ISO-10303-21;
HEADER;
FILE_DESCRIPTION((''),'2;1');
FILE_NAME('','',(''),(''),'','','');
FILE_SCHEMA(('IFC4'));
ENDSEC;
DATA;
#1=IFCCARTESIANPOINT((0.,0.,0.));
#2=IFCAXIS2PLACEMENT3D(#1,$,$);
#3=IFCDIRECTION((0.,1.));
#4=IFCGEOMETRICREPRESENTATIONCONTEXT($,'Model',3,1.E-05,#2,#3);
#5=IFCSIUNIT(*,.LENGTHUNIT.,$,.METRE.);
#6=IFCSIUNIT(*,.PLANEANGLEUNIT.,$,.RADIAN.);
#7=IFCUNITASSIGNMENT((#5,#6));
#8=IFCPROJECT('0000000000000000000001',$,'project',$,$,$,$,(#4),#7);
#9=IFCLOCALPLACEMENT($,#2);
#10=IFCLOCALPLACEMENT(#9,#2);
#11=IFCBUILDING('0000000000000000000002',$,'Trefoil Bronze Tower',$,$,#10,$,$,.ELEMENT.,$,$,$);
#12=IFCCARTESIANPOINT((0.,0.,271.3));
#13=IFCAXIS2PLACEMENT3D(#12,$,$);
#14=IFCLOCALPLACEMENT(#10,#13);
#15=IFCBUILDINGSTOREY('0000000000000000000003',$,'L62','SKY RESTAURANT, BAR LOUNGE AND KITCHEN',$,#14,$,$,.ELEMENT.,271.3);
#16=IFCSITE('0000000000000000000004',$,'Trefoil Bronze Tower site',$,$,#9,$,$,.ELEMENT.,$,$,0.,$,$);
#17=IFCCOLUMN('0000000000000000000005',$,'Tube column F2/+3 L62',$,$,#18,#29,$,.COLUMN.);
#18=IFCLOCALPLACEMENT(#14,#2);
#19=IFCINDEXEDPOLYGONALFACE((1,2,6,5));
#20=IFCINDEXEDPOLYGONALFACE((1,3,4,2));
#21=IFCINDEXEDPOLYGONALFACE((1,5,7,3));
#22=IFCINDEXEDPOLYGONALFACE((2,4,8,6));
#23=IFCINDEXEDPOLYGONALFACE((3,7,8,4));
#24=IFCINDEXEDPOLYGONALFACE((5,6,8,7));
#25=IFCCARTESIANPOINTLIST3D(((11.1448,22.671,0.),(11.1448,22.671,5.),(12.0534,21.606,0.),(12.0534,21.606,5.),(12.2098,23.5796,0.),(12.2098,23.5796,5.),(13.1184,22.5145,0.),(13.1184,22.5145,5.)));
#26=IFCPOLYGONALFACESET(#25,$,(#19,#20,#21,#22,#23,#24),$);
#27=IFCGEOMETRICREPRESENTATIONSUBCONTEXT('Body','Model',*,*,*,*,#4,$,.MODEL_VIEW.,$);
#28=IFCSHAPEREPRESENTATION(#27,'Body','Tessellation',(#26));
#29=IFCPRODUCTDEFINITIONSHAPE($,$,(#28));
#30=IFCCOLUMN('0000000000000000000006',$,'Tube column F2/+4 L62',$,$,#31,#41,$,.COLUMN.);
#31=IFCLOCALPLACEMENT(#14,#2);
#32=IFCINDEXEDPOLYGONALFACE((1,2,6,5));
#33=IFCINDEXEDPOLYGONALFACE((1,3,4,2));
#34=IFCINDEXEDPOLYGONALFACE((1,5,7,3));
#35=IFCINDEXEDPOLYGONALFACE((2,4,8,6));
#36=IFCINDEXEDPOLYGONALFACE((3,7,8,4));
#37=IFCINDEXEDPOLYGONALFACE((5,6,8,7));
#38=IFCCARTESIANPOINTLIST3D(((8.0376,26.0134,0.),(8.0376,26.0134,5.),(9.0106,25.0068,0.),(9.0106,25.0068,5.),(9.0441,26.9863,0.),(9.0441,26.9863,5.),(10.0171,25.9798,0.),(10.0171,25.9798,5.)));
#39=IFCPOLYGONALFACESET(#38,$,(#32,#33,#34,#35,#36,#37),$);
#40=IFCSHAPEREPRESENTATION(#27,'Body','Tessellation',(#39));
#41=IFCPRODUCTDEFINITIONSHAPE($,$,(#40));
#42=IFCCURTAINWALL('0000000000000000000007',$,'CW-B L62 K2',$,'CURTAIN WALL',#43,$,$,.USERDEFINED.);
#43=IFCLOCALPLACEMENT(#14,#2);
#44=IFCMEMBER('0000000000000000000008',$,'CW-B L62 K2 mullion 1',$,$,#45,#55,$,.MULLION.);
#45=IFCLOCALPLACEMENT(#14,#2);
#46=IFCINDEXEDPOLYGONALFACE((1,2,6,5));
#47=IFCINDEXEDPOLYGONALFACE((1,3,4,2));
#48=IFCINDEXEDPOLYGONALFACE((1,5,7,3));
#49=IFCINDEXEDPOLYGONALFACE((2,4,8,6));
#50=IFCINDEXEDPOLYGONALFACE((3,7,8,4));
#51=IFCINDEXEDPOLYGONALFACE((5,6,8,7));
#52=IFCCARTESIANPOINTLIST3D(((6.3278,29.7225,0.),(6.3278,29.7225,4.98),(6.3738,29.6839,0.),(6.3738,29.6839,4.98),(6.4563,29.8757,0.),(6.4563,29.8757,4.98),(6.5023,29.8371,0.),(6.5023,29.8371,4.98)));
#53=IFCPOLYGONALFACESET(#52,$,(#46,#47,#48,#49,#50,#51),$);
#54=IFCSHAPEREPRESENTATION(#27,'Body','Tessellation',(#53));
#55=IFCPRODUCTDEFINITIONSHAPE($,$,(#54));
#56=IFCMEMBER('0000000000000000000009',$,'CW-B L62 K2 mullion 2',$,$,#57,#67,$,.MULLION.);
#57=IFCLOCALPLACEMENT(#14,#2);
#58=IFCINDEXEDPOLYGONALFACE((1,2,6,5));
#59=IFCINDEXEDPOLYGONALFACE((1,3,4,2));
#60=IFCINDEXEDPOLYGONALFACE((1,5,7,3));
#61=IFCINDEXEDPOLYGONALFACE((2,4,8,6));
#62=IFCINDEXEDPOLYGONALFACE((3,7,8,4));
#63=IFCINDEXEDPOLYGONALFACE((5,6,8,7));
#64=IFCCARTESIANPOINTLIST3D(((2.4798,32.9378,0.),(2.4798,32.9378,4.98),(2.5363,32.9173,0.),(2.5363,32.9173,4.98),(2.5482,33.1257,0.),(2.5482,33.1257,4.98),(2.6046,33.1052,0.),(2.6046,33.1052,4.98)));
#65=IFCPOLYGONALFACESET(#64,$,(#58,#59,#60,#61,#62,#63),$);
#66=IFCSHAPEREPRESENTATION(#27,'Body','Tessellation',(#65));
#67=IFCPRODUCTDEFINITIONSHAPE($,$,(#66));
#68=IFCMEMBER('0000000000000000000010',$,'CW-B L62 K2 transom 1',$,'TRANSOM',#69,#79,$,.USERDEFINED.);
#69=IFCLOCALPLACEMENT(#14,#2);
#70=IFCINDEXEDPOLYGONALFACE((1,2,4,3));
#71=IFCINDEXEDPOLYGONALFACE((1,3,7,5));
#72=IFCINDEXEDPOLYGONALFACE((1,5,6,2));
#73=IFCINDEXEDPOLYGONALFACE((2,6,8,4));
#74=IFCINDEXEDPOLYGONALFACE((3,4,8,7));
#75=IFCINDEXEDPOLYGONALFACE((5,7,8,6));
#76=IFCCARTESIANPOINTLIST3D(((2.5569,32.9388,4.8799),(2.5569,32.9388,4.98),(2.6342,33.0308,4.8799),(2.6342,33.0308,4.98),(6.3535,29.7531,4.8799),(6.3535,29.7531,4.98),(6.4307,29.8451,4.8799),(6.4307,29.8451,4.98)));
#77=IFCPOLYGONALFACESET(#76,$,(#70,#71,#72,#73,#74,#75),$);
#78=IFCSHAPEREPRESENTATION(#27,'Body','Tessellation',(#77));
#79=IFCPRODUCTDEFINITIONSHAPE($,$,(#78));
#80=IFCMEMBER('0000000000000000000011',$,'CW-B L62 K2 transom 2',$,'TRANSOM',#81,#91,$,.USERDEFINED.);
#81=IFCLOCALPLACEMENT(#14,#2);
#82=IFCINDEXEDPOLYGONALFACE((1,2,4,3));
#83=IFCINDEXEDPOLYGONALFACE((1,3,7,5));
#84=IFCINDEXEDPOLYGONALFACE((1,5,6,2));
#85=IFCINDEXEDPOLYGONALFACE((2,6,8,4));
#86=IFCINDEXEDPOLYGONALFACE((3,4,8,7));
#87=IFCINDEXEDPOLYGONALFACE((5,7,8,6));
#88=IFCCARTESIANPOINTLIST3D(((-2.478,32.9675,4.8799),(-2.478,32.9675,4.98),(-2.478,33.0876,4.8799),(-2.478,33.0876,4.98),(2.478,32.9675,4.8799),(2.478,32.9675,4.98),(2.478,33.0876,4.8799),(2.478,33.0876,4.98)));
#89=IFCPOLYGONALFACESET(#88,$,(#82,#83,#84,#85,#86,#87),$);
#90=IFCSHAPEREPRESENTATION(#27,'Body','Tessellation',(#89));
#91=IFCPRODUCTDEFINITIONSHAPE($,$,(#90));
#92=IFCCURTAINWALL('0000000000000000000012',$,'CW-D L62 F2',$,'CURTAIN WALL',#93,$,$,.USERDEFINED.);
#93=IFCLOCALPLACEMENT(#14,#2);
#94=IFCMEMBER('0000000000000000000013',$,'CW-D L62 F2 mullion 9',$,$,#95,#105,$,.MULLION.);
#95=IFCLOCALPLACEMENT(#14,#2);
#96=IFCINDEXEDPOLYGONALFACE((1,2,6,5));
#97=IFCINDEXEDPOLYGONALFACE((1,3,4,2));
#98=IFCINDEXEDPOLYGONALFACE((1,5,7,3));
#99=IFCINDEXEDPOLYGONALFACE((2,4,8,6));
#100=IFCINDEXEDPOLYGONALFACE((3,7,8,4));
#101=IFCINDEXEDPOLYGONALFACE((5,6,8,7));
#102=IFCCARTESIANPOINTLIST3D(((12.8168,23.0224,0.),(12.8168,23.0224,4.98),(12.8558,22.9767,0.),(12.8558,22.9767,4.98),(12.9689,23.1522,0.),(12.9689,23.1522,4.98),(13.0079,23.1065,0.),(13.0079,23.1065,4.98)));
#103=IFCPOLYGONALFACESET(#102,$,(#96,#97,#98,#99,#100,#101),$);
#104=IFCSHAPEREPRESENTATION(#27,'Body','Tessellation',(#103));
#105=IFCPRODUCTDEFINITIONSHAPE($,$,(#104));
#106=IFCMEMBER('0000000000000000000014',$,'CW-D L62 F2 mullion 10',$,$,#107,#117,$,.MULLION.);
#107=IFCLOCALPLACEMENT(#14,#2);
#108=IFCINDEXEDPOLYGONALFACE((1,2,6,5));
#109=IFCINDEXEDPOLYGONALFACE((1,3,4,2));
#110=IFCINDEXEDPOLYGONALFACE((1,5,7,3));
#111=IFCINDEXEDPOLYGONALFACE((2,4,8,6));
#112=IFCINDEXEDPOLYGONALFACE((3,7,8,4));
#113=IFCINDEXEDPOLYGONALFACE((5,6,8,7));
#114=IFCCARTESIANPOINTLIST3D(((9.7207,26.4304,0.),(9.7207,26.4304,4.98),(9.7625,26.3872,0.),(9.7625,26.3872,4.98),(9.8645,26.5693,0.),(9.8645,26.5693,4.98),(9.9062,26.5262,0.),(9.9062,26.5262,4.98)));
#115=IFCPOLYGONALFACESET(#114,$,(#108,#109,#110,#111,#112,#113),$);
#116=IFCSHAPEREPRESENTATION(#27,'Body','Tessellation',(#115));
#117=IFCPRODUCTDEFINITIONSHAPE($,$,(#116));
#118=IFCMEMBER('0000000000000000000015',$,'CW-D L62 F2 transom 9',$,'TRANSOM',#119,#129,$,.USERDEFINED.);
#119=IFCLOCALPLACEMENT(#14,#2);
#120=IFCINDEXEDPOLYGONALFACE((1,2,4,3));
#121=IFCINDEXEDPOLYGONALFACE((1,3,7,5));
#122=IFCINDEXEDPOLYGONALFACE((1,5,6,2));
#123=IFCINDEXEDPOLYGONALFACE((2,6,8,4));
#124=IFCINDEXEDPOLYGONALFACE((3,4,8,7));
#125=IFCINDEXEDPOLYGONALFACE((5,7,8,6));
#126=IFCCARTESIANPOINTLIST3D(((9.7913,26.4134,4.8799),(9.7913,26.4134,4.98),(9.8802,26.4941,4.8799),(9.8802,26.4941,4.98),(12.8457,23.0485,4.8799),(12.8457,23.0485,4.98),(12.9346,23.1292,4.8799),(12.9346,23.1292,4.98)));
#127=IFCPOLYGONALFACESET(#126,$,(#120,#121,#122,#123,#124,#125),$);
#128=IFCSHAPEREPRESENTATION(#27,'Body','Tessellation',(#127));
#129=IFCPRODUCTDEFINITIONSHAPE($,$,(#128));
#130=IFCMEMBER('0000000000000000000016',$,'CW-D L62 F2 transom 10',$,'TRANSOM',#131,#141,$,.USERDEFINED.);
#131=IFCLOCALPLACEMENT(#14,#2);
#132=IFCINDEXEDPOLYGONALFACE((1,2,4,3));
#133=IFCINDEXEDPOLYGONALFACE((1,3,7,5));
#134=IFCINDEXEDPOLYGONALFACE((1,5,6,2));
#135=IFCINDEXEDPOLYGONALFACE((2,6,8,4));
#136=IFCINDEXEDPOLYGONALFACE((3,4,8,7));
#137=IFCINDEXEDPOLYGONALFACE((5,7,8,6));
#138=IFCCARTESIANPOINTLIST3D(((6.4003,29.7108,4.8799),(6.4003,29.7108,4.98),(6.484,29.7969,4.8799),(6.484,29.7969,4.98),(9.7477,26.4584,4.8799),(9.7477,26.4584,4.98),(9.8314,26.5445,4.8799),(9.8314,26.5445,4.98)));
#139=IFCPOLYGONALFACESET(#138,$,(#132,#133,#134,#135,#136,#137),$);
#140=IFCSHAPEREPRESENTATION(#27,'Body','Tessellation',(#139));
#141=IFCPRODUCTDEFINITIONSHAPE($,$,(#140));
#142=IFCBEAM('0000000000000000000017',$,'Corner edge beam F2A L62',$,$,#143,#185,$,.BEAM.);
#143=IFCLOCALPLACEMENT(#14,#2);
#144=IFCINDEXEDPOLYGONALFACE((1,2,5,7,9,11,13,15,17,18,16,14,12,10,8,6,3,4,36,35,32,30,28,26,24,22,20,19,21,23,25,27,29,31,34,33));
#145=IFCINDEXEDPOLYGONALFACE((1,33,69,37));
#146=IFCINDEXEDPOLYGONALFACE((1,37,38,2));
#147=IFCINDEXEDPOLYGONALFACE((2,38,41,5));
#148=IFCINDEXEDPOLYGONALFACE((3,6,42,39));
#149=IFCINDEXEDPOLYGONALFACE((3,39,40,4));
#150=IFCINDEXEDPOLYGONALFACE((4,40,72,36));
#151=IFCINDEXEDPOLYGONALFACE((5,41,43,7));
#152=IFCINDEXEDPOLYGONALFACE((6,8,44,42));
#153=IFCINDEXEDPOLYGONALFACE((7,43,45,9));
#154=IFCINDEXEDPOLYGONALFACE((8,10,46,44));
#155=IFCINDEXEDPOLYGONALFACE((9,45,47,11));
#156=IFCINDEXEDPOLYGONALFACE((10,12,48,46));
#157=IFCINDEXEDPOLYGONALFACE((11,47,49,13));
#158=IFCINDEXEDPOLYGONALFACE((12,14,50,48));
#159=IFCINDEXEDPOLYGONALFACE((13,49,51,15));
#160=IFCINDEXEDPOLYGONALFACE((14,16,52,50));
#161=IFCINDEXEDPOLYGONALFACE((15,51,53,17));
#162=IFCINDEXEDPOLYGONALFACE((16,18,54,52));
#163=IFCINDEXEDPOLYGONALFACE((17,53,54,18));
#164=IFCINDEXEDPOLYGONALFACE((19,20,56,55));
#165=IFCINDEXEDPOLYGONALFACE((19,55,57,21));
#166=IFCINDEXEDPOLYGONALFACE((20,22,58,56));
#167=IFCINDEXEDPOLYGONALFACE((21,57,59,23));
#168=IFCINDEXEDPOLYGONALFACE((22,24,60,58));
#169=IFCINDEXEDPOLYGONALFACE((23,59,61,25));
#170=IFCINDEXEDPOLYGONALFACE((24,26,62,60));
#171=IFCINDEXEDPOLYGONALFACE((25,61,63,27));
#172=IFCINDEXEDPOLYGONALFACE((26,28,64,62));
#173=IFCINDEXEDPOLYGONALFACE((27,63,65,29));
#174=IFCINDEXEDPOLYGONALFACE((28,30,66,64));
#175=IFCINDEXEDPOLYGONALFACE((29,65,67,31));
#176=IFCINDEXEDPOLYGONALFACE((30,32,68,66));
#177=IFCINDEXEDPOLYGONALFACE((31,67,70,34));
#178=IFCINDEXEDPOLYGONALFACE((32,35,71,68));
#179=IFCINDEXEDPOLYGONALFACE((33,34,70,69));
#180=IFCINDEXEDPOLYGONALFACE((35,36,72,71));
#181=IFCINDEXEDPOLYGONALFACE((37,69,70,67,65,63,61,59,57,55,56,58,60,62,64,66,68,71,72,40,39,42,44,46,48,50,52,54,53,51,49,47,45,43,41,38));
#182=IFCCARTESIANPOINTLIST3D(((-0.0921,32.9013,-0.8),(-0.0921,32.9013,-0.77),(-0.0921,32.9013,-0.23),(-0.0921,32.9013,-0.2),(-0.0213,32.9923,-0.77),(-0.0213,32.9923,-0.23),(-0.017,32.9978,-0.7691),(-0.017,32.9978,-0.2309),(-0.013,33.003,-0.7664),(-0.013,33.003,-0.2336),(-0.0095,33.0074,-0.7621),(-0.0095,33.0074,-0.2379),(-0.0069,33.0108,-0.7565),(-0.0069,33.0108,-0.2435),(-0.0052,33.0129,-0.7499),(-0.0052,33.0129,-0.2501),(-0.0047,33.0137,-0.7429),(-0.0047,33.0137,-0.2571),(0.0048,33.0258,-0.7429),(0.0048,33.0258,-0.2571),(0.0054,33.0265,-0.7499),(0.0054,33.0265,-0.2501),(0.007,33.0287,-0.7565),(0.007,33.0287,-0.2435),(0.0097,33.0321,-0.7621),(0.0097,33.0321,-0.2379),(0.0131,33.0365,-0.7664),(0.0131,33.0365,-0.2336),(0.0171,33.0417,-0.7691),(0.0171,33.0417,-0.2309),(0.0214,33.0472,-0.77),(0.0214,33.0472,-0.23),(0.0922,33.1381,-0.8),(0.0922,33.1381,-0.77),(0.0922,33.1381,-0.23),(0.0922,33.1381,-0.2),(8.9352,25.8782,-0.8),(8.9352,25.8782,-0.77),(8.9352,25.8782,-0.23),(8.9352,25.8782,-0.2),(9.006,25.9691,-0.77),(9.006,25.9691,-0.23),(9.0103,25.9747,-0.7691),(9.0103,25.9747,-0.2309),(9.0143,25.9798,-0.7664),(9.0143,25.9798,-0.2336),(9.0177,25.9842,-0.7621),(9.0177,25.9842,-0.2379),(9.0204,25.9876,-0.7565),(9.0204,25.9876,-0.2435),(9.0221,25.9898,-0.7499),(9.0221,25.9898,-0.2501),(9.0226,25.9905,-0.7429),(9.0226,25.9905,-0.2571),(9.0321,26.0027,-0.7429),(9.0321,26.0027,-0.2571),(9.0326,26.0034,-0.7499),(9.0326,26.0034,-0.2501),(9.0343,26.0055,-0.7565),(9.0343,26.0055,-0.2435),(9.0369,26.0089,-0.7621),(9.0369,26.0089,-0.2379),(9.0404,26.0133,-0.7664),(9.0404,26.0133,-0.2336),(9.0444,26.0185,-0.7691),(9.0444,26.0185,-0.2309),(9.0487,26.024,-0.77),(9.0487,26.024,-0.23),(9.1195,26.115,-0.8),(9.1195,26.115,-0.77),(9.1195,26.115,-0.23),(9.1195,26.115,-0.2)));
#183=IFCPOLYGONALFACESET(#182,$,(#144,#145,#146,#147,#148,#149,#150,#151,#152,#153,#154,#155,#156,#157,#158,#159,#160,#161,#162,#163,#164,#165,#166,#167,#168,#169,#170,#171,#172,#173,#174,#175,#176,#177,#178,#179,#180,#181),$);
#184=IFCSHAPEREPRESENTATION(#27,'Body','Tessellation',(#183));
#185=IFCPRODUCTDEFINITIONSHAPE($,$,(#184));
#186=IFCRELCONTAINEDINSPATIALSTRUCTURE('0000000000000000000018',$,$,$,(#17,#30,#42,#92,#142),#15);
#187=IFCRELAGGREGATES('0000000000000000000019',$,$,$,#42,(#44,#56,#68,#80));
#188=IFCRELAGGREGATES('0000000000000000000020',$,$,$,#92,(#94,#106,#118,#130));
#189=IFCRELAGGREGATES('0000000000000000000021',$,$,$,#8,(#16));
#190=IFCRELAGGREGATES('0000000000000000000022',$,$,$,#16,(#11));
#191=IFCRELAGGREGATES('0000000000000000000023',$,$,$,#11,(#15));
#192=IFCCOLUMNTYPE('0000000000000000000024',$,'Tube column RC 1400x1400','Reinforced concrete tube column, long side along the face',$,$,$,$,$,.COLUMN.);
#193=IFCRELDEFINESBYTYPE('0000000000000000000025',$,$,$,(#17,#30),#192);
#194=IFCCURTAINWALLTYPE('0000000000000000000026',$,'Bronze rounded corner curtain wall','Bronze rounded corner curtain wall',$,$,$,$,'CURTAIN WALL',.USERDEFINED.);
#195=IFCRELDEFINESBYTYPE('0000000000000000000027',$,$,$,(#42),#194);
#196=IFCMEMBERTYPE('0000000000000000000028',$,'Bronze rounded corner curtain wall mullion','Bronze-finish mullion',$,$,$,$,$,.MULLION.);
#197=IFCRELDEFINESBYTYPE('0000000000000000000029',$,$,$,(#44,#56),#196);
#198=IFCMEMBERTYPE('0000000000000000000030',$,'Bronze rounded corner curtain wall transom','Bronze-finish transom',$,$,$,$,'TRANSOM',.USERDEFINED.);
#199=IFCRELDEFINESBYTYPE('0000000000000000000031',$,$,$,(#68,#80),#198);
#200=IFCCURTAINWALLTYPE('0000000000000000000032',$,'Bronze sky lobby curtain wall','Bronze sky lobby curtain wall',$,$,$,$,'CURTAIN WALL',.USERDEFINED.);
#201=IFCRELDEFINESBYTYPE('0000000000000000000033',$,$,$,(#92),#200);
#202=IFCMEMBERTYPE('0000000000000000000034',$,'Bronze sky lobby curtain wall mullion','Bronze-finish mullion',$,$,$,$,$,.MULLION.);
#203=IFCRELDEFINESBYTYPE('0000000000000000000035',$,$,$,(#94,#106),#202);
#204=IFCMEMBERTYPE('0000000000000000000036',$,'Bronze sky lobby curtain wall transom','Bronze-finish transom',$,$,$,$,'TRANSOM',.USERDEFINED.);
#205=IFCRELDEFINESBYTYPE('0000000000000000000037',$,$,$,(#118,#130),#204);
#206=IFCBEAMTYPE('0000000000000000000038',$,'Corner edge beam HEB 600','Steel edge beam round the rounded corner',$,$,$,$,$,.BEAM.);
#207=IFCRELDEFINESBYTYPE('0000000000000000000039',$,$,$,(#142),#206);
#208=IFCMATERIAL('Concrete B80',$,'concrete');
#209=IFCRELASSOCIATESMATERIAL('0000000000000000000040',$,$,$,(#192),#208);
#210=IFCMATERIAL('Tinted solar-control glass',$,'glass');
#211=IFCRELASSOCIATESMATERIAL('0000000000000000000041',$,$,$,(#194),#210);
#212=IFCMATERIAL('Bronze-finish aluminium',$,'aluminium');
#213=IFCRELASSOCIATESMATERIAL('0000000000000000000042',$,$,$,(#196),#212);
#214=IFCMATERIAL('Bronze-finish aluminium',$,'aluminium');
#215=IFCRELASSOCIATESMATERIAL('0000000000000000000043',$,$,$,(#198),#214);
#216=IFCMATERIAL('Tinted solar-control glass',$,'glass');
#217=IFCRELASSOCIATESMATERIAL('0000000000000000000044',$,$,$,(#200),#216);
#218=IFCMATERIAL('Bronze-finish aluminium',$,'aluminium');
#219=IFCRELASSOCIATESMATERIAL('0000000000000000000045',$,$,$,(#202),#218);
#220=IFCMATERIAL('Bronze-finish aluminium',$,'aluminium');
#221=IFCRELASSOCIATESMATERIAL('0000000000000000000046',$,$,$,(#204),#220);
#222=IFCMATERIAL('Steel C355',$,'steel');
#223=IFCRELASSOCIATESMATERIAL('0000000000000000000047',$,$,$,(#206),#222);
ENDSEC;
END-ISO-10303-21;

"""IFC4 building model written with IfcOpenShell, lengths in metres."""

from ifc_helpers import new_model, si_unit, direction, frame, origin, origin_2d, place, context, subcontext, project, spatial, rectangle, i_section, extrude, material, material_profile, profile_set, type_object, element, aggregate, save


model = new_model("IFC4")

# Units and contexts
model_context = context("Model", 3, precision=1e-05, world=origin(), true_north=direction((0.0, 1.0)))
body_context = subcontext(model_context, "Body", "Model", "MODEL_VIEW")
ifc_project = project(units=[si_unit("LENGTHUNIT", "METRE"), si_unit("PLANEANGLEUNIT", "RADIAN")], contexts=[model_context])

# Site, building, storey
site_placement = place(None, origin())
site = spatial("IfcSite", under=ifc_project, at=site_placement, Name="Trefoil Bronze Tower site", CompositionType="ELEMENT", RefElevation=0.0)
building_placement = place(site_placement, origin())
building = spatial("IfcBuilding", under=site, at=building_placement, Name="Trefoil Bronze Tower", CompositionType="ELEMENT")
storey_placement = place(building_placement, frame((0.0, 0.0, 271.3)))
storey = spatial("IfcBuildingStorey", under=building, at=storey_placement, Name="L62", Description="SKY RESTAURANT, BAR LOUNGE AND KITCHEN", CompositionType="ELEMENT", Elevation=271.3)

# Columns
ifc_material_1 = material(Name="Concrete B80", Category="concrete")
ifc_material_profile_1 = material_profile(ifc_material_1, rectangle(XDim=1.3999, YDim=1.3999, at=origin_2d()), Name="RC 1400x1400")
ifc_profile_set_1 = profile_set([ifc_material_profile_1], Name="Concrete B80")
column_type = type_object("IfcColumnType", Name="Tube column RC 1400x1400", Description="Reinforced concrete tube column, long side along the face", PredefinedType="COLUMN", material=ifc_profile_set_1)
for number, where, z_axis, x_axis, name in (
    (1, (12.1316, 22.5928, 0.0), (0.0, 0.0, 1.0), (-0.649008, 0.760781, 0.0), "Tube column F2/+3 L62"),
    (2, (9.0273, 25.9966, 0.0), (0.0, 0.0, 1.0), (-0.695009, 0.719001, 0.0), "Tube column F2/+4 L62"),
):
    element("IfcColumn", number, at=place(storey_placement, frame(where, z_axis=z_axis, x_axis=x_axis)), inside=storey, type_object=column_type, Name=name, PredefinedType="COLUMN", context=body_context, shape_type="SweptSolid", body=[
        extrude(rectangle(XDim=1.3999, YDim=1.3999, at=origin_2d()), origin(), (0.0, 0.0, 1.0), 5.0),
    ])

# Curtain walls, members
ifc_material_2 = material(Name="Tinted solar-control glass", Category="glass")
curtain_wall_type_1 = type_object("IfcCurtainWallType", Name="Bronze rounded corner curtain wall", Description="Bronze rounded corner curtain wall", ElementType="CURTAIN WALL", PredefinedType="USERDEFINED", material=ifc_material_2)
curtain_wall_1_placement = place(storey_placement, origin())
curtain_wall_1 = element("IfcCurtainWall", 3, at=curtain_wall_1_placement, inside=storey, type_object=curtain_wall_type_1, Name="CW-B L62 K2", ObjectType="CURTAIN WALL", PredefinedType="USERDEFINED")
ifc_material_3 = material(Name="Bronze-finish aluminium", Category="aluminium")
ifc_material_profile_2 = material_profile(ifc_material_3, rectangle(XDim=0.2, YDim=0.0601, at=origin_2d()), Name="CW-B mullion")
ifc_profile_set_2 = profile_set([ifc_material_profile_2], Name="Bronze-finish aluminium")
member_type_1 = type_object("IfcMemberType", Name="Bronze rounded corner curtain wall mullion", Description="Bronze-finish mullion", PredefinedType="MULLION", material=ifc_profile_set_2)
member_1_placement = place(storey_placement, frame((6.415, 29.7798, 0.0), z_axis=(0.0, 0.0, 1.0), x_axis=(-0.642788, -0.766044, 0.0)))
member_1 = element("IfcMember", 4, at=member_1_placement, type_object=member_type_1, Name="CW-B L62 K2 mullion 1", PredefinedType="MULLION", context=body_context, shape_type="SweptSolid", body=[
    extrude(rectangle(XDim=0.2, YDim=0.0601, at=origin_2d()), origin(), (0.0, 0.0, 1.0), 4.98),
])
member_2_placement = place(storey_placement, frame((2.5422, 33.0215, 0.0), z_axis=(0.0, 0.0, 1.0), x_axis=(-0.34202, -0.939693, 0.0)))
member_2 = element("IfcMember", 5, at=member_2_placement, type_object=member_type_1, Name="CW-B L62 K2 mullion 2", PredefinedType="MULLION", context=body_context, shape_type="SweptSolid", body=[
    extrude(rectangle(XDim=0.2, YDim=0.0601, at=origin_2d()), origin(), (0.0, 0.0, 1.0), 4.98),
])
ifc_material_4 = material(Name="Bronze-finish aluminium", Category="aluminium")
ifc_material_profile_3 = material_profile(ifc_material_4, rectangle(XDim=0.1201, YDim=0.1001, at=origin_2d()), Name="CW-B transom")
ifc_profile_set_3 = profile_set([ifc_material_profile_3], Name="Bronze-finish aluminium")
member_type_2 = type_object("IfcMemberType", Name="Bronze rounded corner curtain wall transom", Description="Bronze-finish transom", ElementType="TRANSOM", PredefinedType="USERDEFINED", material=ifc_profile_set_3)
member_3_placement = place(storey_placement, frame((6.3921, 29.7991, 4.9299), z_axis=(-0.766041, 0.642792, 0.0), x_axis=(-0.642792, -0.766041, 0.0)))
member_3 = element("IfcMember", 6, at=member_3_placement, type_object=member_type_2, Name="CW-B L62 K2 transom 1", ObjectType="TRANSOM", PredefinedType="USERDEFINED", context=body_context, shape_type="SweptSolid", body=[
    extrude(rectangle(XDim=0.1201, YDim=0.1001, at=origin_2d()), origin(), (0.0, 0.0, 1.0), 4.9561),
])
member_4_placement = place(storey_placement, frame((2.478, 33.0276, 4.9299), z_axis=(-1.0, 0.0, 0.0), x_axis=(0.0, -1.0, 0.0)))
member_4 = element("IfcMember", 7, at=member_4_placement, type_object=member_type_2, Name="CW-B L62 K2 transom 2", ObjectType="TRANSOM", PredefinedType="USERDEFINED", context=body_context, shape_type="SweptSolid", body=[
    extrude(rectangle(XDim=0.1201, YDim=0.1001, at=origin_2d()), origin(), (0.0, 0.0, 1.0), 4.9561),
])
ifc_material_5 = material(Name="Tinted solar-control glass", Category="glass")
curtain_wall_type_2 = type_object("IfcCurtainWallType", Name="Bronze sky lobby curtain wall", Description="Bronze sky lobby curtain wall", ElementType="CURTAIN WALL", PredefinedType="USERDEFINED", material=ifc_material_5)
curtain_wall_2_placement = place(storey_placement, origin())
curtain_wall_2 = element("IfcCurtainWall", 8, at=curtain_wall_2_placement, inside=storey, type_object=curtain_wall_type_2, Name="CW-D L62 F2", ObjectType="CURTAIN WALL", PredefinedType="USERDEFINED")
ifc_material_6 = material(Name="Bronze-finish aluminium", Category="aluminium")
ifc_material_profile_4 = material_profile(ifc_material_6, rectangle(XDim=0.2, YDim=0.0601, at=origin_2d()), Name="CW-D mullion")
ifc_profile_set_4 = profile_set([ifc_material_profile_4], Name="Bronze-finish aluminium")
member_type_3 = type_object("IfcMemberType", Name="Bronze sky lobby curtain wall mullion", Description="Bronze-finish mullion", PredefinedType="MULLION", material=ifc_profile_set_4)
member_5_placement = place(storey_placement, frame((12.9124, 23.0645, 0.0), z_axis=(0.0, 0.0, 1.0), x_axis=(-0.760781, -0.649008, 0.0)))
member_5 = element("IfcMember", 9, at=member_5_placement, type_object=member_type_3, Name="CW-D L62 F2 mullion 9", PredefinedType="MULLION", context=body_context, shape_type="SweptSolid", body=[
    extrude(rectangle(XDim=0.2, YDim=0.0601, at=origin_2d()), origin(), (0.0, 0.0, 1.0), 4.98),
])
member_6_placement = place(storey_placement, frame((9.8135, 26.4783, 0.0), z_axis=(0.0, 0.0, 1.0), x_axis=(-0.719001, -0.695009, 0.0)))
member_6 = element("IfcMember", 10, at=member_6_placement, type_object=member_type_3, Name="CW-D L62 F2 mullion 10", PredefinedType="MULLION", context=body_context, shape_type="SweptSolid", body=[
    extrude(rectangle(XDim=0.2, YDim=0.0601, at=origin_2d()), origin(), (0.0, 0.0, 1.0), 4.98),
])
ifc_material_7 = material(Name="Bronze-finish aluminium", Category="aluminium")
ifc_material_profile_5 = material_profile(ifc_material_7, rectangle(XDim=0.1201, YDim=0.1001, at=origin_2d()), Name="CW-D transom")
ifc_profile_set_5 = profile_set([ifc_material_profile_5], Name="Bronze-finish aluminium")
member_type_4 = type_object("IfcMemberType", Name="Bronze sky lobby curtain wall transom", Description="Bronze-finish transom", ElementType="TRANSOM", PredefinedType="USERDEFINED", material=ifc_profile_set_5)
member_7_placement = place(storey_placement, frame((12.8901, 23.0889, 4.9299), z_axis=(-0.672114, 0.740448, 0.0), x_axis=(-0.740448, -0.672114, 0.0)))
member_7 = element("IfcMember", 11, at=member_7_placement, type_object=member_type_4, Name="CW-D L62 F2 transom 9", ObjectType="TRANSOM", PredefinedType="USERDEFINED", context=body_context, shape_type="SweptSolid", body=[
    extrude(rectangle(XDim=0.1201, YDim=0.1001, at=origin_2d()), origin(), (0.0, 0.0, 1.0), 4.5444),
])
member_8_placement = place(storey_placement, frame((9.7896, 26.5015, 4.9299), z_axis=(-0.717208, 0.696859, 0.0), x_axis=(-0.696859, -0.717208, 0.0)))
member_8 = element("IfcMember", 12, at=member_8_placement, type_object=member_type_4, Name="CW-D L62 F2 transom 10", ObjectType="TRANSOM", PredefinedType="USERDEFINED", context=body_context, shape_type="SweptSolid", body=[
    extrude(rectangle(XDim=0.1201, YDim=0.1001, at=origin_2d()), origin(), (0.0, 0.0, 1.0), 4.6672),
])

# Beam
ifc_material_8 = material(Name="Steel C355", Category="steel")
ifc_material_profile_6 = material_profile(ifc_material_8, i_section(OverallWidth=0.3, OverallDepth=0.6001, WebThickness=0.0154, FlangeThickness=0.03, FilletRadius=0.0271, at=origin_2d()), Name="HEB 600")
ifc_profile_set_6 = profile_set([ifc_material_profile_6], Name="Steel C355")
beam_type_1 = type_object("IfcBeamType", Name="Corner edge beam HEB 600", Description="Steel edge beam round the rounded corner", PredefinedType="BEAM", material=ifc_profile_set_6)
beam_1_placement = place(storey_placement, frame((9.0273, 25.9966, -0.5), z_axis=(-0.789271, 0.614046, 0.0), x_axis=(-0.614046, -0.789271, 0.0)))
element("IfcBeam", 13, at=beam_1_placement, inside=storey, type_object=beam_type_1, Name="Corner edge beam F2A L62", PredefinedType="BEAM", context=body_context, shape_type="SweptSolid", body=[
    extrude(i_section(OverallWidth=0.3, OverallDepth=0.6001, WebThickness=0.0154, FlangeThickness=0.03, FilletRadius=0.0271, at=origin_2d()), origin(), (0.0, 0.0, 1.0), 11.4375),
])

aggregate(curtain_wall_1, [member_1, member_2, member_3, member_4])
aggregate(curtain_wall_2, [member_5, member_6, member_7, member_8])

save(model, "model.ifc")
